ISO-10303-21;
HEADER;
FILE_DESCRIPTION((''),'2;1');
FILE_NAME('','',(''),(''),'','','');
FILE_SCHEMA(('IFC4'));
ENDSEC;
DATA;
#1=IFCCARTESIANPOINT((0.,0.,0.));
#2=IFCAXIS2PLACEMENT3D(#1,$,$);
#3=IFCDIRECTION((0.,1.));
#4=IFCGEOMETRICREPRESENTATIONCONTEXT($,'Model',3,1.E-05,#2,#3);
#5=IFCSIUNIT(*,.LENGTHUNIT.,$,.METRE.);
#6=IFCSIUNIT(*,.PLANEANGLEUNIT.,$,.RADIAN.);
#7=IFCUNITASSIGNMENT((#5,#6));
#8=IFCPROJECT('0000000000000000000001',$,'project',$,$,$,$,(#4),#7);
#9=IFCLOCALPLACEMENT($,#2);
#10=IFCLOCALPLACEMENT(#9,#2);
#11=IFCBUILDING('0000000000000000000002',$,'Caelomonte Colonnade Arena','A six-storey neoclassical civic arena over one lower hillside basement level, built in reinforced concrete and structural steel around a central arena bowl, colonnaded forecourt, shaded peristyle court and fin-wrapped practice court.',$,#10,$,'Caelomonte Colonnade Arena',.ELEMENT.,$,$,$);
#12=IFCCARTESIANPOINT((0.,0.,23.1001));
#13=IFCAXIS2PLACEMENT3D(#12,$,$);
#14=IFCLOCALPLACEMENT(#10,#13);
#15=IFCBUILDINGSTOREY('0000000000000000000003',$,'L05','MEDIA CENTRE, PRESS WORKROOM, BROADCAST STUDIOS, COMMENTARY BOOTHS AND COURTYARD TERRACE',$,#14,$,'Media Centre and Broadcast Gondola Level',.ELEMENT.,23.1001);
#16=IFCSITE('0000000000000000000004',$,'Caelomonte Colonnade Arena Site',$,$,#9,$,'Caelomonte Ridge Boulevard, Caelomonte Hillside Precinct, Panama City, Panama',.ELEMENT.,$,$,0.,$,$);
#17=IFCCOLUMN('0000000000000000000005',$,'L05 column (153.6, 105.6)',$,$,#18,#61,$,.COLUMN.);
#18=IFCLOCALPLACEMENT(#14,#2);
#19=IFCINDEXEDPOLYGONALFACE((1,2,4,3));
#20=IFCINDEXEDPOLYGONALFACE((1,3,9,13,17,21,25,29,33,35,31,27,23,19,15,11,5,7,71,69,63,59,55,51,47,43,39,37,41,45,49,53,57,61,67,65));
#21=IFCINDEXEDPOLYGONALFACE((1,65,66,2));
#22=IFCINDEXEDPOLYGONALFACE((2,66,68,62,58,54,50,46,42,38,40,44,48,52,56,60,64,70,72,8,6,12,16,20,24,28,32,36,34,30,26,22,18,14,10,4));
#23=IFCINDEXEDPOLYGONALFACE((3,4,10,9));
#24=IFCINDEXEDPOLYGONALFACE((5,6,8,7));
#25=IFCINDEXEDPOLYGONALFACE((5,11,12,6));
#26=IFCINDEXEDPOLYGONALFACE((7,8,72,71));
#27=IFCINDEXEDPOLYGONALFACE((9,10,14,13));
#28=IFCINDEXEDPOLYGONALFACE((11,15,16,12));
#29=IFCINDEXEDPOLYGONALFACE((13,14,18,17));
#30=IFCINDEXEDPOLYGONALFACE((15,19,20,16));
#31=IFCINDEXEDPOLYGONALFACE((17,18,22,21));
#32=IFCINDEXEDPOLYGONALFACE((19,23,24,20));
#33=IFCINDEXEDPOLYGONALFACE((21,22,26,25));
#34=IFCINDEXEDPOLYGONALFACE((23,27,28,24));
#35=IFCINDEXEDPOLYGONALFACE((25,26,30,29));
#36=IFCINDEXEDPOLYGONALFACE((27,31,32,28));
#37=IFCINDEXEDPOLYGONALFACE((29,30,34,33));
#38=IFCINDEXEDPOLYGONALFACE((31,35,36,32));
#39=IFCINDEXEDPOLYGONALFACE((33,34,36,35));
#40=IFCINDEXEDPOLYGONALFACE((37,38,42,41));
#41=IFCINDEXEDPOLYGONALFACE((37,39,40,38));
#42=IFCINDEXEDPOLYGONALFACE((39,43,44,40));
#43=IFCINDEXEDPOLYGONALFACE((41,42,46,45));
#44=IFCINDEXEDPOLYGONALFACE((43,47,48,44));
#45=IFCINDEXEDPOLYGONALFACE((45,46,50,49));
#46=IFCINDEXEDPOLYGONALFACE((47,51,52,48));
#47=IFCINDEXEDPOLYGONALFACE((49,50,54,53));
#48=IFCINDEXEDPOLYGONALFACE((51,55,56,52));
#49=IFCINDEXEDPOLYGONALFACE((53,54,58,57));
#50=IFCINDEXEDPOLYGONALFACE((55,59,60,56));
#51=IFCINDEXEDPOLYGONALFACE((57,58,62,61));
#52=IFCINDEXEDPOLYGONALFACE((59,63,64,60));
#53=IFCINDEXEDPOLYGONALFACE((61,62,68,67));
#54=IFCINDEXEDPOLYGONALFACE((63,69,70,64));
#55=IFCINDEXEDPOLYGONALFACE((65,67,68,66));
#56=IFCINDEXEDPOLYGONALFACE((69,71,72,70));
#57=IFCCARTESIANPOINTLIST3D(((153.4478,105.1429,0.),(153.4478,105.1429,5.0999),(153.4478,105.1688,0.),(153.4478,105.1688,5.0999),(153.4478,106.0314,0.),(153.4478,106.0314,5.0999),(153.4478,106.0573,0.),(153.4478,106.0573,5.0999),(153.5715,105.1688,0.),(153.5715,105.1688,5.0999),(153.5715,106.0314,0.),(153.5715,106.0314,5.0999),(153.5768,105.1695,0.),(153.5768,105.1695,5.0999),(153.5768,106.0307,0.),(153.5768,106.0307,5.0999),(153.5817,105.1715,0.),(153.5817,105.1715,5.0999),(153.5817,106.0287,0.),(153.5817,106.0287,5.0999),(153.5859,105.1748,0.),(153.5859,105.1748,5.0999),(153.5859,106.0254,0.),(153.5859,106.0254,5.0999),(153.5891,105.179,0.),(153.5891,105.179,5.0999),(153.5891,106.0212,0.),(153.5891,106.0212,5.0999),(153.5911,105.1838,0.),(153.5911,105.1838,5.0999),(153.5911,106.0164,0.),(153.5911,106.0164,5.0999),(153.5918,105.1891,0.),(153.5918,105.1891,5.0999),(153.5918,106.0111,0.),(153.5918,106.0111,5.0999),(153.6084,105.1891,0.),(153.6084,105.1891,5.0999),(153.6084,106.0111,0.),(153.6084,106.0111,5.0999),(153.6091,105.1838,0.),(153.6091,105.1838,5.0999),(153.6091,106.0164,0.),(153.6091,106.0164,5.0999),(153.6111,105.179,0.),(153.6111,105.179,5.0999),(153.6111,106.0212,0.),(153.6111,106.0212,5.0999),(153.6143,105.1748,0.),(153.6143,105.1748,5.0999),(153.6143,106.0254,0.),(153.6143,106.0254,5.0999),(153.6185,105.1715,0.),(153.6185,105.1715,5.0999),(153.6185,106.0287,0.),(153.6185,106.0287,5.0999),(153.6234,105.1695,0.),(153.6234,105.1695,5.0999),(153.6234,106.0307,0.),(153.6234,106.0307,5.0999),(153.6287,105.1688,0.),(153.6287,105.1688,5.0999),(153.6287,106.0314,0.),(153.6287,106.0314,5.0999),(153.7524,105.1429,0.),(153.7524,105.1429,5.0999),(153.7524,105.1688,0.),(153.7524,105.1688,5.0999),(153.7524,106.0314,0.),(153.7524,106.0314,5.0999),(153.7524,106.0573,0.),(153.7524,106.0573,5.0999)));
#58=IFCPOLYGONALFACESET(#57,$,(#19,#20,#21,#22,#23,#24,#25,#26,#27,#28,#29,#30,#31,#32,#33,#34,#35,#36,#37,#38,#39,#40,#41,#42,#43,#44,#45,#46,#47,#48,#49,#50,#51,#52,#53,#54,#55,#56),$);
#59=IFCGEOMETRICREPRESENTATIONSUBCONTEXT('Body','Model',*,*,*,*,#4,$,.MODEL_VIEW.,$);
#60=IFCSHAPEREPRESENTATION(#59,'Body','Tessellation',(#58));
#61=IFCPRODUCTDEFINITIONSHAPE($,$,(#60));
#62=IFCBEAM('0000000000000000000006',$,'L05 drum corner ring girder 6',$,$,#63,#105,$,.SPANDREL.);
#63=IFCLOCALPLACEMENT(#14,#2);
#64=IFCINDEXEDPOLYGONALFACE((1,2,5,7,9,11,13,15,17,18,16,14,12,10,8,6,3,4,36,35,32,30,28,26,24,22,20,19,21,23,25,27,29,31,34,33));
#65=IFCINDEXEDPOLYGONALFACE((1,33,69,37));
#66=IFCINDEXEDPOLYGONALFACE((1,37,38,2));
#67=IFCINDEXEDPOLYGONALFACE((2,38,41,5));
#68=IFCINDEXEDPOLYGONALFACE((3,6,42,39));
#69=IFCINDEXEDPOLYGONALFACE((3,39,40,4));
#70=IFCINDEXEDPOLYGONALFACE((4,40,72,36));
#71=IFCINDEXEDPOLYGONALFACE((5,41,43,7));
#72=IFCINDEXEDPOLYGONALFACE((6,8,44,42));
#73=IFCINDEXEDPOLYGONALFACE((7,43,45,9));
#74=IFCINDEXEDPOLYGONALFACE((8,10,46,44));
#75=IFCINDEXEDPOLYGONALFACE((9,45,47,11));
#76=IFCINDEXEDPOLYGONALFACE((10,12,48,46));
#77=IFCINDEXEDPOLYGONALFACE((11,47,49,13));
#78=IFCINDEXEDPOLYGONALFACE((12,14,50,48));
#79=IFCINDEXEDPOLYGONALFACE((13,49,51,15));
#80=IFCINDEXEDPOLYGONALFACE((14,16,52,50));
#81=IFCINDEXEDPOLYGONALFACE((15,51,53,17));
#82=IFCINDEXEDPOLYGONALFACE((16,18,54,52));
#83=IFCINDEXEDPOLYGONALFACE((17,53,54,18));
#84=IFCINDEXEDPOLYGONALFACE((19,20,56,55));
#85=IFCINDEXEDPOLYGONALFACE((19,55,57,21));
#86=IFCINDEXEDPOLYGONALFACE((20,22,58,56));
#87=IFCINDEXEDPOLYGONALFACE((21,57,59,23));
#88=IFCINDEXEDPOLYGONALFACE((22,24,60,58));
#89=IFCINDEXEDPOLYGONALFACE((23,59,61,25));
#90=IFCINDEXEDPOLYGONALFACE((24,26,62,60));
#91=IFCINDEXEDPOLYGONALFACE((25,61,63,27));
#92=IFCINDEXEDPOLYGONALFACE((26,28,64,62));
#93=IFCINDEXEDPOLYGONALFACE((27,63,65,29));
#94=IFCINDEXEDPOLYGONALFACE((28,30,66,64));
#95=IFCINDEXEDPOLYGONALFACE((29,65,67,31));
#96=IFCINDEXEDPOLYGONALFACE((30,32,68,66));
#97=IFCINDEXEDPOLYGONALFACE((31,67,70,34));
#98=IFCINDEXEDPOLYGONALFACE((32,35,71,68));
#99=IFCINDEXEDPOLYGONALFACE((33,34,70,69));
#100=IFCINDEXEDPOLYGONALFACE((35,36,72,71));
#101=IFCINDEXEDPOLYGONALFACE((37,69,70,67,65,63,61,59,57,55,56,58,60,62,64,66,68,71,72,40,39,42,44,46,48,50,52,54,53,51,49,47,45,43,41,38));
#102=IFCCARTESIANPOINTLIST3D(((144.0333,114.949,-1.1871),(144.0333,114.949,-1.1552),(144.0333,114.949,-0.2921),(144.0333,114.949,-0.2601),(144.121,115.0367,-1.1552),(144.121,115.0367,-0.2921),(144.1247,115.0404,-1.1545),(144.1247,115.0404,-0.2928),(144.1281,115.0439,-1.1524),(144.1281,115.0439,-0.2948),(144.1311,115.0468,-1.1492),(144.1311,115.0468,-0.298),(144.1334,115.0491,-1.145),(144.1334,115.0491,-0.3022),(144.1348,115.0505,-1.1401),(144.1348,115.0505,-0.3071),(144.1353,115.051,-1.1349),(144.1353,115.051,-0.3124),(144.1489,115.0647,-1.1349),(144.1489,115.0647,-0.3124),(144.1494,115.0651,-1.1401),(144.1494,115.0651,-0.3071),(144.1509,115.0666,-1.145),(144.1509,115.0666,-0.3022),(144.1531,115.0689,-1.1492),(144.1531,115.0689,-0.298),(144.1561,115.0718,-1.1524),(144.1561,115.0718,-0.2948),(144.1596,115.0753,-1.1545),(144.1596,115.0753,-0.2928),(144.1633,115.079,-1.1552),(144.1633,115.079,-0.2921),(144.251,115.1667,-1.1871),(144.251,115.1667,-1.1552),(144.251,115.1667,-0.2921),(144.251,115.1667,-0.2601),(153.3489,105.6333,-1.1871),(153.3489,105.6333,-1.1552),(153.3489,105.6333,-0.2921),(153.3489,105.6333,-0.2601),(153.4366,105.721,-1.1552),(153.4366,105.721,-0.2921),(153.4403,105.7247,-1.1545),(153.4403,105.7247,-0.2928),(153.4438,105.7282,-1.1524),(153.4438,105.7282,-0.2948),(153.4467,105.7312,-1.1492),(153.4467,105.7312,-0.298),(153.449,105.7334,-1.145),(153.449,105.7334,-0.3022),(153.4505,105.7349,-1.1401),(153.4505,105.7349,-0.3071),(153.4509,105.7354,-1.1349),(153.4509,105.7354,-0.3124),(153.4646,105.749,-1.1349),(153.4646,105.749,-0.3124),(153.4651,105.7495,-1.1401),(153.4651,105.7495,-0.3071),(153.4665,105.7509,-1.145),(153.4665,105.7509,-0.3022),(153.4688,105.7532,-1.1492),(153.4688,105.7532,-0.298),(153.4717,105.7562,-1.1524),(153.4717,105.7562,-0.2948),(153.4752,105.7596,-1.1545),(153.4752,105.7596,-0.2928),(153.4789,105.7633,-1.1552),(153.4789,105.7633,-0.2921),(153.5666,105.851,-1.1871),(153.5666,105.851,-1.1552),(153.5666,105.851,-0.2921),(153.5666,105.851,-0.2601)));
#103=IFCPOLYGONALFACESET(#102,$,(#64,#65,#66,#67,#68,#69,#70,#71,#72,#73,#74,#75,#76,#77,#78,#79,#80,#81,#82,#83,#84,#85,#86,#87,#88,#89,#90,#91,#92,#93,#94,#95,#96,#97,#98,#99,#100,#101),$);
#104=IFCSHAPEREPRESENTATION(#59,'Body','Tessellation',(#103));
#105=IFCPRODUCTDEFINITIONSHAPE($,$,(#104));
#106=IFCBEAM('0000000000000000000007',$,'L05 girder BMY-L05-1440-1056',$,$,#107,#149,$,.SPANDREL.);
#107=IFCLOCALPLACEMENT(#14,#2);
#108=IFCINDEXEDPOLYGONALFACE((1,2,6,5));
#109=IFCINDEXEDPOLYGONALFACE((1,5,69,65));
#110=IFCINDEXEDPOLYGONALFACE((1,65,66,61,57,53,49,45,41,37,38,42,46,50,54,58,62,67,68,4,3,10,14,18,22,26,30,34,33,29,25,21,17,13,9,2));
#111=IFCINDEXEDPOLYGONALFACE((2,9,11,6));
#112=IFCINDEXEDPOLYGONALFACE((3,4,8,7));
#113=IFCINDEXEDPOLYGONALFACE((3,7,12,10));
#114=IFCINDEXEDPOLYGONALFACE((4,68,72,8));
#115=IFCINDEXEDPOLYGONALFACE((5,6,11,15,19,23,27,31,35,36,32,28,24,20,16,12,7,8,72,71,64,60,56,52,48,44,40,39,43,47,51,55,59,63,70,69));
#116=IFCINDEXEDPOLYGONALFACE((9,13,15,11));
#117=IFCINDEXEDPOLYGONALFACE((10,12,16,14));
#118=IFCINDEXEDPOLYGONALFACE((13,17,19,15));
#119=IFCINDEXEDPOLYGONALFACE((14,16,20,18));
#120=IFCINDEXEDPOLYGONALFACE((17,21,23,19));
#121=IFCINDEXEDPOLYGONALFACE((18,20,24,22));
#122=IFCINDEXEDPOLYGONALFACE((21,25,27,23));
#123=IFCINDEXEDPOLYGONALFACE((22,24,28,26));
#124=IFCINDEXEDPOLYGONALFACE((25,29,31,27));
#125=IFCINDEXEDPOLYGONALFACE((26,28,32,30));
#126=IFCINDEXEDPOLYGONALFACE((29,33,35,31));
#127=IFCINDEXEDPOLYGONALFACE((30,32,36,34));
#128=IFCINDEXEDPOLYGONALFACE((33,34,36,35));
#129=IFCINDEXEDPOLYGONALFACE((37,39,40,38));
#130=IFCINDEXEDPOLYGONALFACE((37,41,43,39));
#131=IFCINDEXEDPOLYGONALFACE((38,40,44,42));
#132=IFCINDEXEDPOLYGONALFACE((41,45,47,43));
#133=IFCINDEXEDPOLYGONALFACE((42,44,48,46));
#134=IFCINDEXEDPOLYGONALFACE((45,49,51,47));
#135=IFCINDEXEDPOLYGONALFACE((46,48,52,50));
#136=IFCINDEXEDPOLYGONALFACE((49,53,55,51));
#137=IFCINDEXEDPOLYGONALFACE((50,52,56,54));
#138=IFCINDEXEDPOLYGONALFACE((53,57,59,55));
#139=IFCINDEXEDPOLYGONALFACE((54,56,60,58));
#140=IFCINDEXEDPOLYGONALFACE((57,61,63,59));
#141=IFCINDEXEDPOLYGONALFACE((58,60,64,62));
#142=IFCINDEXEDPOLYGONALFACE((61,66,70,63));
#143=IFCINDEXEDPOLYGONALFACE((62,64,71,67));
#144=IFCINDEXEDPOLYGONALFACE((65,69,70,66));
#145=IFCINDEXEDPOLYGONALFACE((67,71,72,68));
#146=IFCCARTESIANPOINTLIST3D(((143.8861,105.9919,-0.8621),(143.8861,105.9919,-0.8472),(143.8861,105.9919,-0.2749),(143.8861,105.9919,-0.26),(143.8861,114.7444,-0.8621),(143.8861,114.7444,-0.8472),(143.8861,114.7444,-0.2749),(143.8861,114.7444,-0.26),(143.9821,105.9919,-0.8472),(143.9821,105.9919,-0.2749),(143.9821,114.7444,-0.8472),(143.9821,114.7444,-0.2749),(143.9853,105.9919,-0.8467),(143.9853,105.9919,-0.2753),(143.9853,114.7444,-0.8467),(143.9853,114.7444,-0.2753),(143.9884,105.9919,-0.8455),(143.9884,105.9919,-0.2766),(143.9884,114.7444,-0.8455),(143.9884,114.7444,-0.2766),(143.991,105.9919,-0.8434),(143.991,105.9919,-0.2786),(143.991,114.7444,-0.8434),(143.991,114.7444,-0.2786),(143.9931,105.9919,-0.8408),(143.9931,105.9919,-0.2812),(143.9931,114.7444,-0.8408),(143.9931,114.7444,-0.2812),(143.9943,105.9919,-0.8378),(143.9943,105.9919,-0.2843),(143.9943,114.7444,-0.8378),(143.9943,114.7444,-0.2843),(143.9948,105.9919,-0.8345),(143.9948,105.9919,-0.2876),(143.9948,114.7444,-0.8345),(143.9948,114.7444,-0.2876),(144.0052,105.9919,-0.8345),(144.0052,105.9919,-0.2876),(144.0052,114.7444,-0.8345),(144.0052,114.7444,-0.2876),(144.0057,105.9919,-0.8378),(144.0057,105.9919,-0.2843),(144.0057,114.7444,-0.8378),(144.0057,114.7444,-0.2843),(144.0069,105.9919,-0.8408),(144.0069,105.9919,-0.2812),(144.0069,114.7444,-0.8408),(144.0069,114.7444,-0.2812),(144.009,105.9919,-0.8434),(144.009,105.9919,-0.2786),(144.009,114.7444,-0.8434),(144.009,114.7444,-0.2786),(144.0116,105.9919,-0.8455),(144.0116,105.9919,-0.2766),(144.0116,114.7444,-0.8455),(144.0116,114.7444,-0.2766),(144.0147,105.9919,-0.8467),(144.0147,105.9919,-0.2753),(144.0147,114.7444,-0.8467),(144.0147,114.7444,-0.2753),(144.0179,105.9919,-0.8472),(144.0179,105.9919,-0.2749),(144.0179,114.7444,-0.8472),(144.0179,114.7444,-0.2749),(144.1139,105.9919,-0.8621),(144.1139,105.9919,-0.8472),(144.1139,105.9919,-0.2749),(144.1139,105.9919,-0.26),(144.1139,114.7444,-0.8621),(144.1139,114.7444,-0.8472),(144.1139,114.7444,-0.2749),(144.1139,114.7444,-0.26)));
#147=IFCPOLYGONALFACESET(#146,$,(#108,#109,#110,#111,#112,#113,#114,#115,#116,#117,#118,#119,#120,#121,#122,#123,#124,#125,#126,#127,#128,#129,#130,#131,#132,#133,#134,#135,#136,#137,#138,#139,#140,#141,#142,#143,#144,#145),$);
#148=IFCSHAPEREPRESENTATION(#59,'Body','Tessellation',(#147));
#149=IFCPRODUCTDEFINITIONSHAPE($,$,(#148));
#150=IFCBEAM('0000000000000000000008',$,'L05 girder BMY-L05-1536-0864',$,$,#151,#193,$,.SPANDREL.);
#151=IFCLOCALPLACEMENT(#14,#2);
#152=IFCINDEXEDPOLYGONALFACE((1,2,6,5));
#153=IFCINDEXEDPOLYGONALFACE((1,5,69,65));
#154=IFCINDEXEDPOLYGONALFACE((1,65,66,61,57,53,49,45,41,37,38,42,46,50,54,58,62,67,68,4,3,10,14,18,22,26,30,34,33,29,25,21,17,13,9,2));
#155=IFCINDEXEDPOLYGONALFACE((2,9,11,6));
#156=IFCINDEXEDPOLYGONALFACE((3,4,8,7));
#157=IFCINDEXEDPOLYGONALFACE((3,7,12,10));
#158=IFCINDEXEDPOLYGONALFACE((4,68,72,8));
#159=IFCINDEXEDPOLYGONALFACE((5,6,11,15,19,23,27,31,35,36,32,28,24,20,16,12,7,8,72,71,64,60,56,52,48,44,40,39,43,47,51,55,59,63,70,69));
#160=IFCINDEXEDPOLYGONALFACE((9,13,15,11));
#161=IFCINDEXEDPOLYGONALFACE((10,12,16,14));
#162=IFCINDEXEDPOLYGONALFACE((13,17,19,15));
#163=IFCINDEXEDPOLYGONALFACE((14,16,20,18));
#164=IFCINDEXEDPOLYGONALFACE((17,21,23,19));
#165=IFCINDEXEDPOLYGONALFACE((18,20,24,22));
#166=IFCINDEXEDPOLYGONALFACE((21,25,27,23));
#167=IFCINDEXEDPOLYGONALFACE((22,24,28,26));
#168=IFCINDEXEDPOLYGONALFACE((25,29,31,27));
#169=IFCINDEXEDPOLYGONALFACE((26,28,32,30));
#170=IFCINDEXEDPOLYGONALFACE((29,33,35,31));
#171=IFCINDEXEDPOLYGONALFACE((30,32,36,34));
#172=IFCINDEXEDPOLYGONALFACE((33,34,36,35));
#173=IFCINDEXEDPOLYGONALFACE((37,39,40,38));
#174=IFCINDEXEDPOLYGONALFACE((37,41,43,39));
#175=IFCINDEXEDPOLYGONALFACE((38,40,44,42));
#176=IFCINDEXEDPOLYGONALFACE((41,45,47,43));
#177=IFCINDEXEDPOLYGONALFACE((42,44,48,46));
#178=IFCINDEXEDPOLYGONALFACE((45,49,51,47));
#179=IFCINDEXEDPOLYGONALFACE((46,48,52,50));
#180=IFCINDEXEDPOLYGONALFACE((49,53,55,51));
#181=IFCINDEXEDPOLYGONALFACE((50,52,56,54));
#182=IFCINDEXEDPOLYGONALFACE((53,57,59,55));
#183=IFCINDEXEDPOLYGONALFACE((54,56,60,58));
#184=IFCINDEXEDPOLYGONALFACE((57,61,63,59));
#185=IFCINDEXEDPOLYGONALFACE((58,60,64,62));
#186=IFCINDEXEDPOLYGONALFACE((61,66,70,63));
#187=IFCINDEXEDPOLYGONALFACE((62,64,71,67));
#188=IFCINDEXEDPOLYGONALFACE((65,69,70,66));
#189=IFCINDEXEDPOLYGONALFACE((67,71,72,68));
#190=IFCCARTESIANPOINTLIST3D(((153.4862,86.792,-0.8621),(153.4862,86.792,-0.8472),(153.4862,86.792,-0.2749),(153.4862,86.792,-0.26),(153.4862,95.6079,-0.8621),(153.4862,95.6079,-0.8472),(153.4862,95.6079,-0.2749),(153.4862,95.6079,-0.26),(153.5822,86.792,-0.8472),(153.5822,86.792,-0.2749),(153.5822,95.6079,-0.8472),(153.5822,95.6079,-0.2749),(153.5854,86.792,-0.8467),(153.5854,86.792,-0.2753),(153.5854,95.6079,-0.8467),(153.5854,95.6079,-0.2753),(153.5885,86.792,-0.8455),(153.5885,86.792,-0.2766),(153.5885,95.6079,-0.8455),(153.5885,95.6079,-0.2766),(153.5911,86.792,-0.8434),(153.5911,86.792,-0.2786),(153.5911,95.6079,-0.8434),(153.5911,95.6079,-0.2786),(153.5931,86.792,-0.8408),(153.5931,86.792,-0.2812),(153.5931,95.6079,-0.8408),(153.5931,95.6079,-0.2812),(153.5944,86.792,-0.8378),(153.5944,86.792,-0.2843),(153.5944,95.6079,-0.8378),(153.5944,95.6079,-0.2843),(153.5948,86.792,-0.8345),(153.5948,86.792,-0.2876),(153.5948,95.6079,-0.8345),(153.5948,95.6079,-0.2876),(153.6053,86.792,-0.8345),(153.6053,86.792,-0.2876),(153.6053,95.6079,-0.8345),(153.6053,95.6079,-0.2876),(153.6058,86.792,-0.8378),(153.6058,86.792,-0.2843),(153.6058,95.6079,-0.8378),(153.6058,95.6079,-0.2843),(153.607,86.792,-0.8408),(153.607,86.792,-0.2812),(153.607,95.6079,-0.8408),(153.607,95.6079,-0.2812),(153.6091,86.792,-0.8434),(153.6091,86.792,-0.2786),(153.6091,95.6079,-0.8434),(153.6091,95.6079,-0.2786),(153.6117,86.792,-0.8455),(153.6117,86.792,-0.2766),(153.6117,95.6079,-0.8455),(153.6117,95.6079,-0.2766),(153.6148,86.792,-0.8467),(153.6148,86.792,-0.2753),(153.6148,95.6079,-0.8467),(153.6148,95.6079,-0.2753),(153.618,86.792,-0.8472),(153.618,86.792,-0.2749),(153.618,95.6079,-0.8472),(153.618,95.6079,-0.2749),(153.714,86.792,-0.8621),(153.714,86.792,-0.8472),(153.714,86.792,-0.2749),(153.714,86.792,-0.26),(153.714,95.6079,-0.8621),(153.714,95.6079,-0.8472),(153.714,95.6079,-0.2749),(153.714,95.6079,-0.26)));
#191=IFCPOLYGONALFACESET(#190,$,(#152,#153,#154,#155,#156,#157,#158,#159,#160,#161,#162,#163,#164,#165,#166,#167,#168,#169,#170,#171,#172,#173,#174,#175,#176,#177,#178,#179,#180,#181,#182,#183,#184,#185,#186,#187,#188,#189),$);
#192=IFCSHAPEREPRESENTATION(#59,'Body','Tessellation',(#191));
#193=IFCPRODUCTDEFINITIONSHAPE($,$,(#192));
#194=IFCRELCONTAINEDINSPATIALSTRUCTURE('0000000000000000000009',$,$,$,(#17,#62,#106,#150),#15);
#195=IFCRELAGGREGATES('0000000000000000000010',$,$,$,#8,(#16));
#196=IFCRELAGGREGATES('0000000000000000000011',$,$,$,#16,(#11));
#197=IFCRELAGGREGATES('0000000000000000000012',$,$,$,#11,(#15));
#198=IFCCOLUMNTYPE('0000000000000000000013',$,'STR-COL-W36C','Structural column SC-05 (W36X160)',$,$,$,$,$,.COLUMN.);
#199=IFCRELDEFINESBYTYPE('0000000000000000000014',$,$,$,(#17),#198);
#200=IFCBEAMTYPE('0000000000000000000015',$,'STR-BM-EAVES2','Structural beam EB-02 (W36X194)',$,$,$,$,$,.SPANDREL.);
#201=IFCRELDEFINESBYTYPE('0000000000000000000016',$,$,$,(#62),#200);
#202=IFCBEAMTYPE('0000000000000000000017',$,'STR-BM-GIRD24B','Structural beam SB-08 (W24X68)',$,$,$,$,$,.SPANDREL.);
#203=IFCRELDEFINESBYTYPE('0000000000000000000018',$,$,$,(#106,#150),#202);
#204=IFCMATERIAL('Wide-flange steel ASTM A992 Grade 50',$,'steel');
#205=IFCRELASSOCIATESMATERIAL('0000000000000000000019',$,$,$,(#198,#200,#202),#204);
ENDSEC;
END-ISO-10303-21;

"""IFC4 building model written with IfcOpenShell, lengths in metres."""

from ifc_helpers import new_model, si_unit, direction, frame, origin, origin_2d, place, context, subcontext, project, spatial, i_section, extrude, material, material_profile, profile_set, type_object, element, save


model = new_model("IFC4")

# Units and contexts
model_context = context("Model", 3, precision=1e-05, world=origin(), true_north=direction((0.0, 1.0)))
body_context = subcontext(model_context, "Body", "Model", "MODEL_VIEW")
ifc_project = project(units=[si_unit("LENGTHUNIT", "METRE"), si_unit("PLANEANGLEUNIT", "RADIAN")], contexts=[model_context])

# Site, building, storey
site_placement = place(None, origin())
site = spatial("IfcSite", under=ifc_project, at=site_placement, Name="Caelomonte Colonnade Arena Site", LongName="Caelomonte Ridge Boulevard, Caelomonte Hillside Precinct, Panama City, Panama", CompositionType="ELEMENT", RefElevation=0.0)
building_placement = place(site_placement, origin())
building = spatial("IfcBuilding", under=site, at=building_placement, Name="Caelomonte Colonnade Arena", Description="A six-storey neoclassical civic arena over one lower hillside basement level, built in reinforced concrete and structural steel around a central arena bowl, colonnaded forecourt, shaded peristyle court and fin-wrapped practice court.", LongName="Caelomonte Colonnade Arena", CompositionType="ELEMENT")
storey_placement = place(building_placement, frame((0.0, 0.0, 23.1001)))
storey = spatial("IfcBuildingStorey", under=building, at=storey_placement, Name="L05", Description="MEDIA CENTRE, PRESS WORKROOM, BROADCAST STUDIOS, COMMENTARY BOOTHS AND COURTYARD TERRACE", LongName="Media Centre and Broadcast Gondola Level", CompositionType="ELEMENT", Elevation=23.1001)

# Column
ifc_material_1 = material(Name="Wide-flange steel ASTM A992 Grade 50", Category="steel")
ifc_material_profile_1 = material_profile(ifc_material_1, i_section(OverallWidth=0.3047, OverallDepth=0.9143, WebThickness=0.0166, FlangeThickness=0.0259, FilletRadius=0.0203, at=origin_2d()), Name="W36X160")
ifc_profile_set_1 = profile_set([ifc_material_profile_1], Name="Wide-flange steel ASTM A992 Grade 50")
column_type = type_object("IfcColumnType", Name="STR-COL-W36C", Description="Structural column SC-05 (W36X160)", PredefinedType="COLUMN", material=ifc_profile_set_1)
column_placement = place(storey_placement, frame((153.6001, 105.6001, 0.0), z_axis=(0.0, 0.0, 1.0), x_axis=(1.0, 0.0, 0.0)))
element("IfcColumn", 1, at=column_placement, inside=storey, type_object=column_type, Name="L05 column (153.6, 105.6)", PredefinedType="COLUMN", context=body_context, shape_type="SweptSolid", body=[
    extrude(i_section(OverallWidth=0.3047, OverallDepth=0.9143, WebThickness=0.0166, FlangeThickness=0.0259, FilletRadius=0.0203, at=origin_2d()), origin(), (0.0, 0.0, 1.0), 5.0999),
])

# Beams
ifc_material_profile_2 = material_profile(ifc_material_1, i_section(OverallWidth=0.3079, OverallDepth=0.927, WebThickness=0.0193, FlangeThickness=0.032, FilletRadius=0.0203, at=origin_2d()), Name="W36X194")
ifc_profile_set_2 = profile_set([ifc_material_profile_2], Name="Wide-flange steel ASTM A992 Grade 50")
beam_type_1 = type_object("IfcBeamType", Name="STR-BM-EAVES2", Description="Structural beam EB-02 (W36X194)", PredefinedType="SPANDREL", material=ifc_profile_set_2)
beam_1_placement = place(storey_placement, frame((153.4578, 105.7422, -0.7236), z_axis=(-0.707107, 0.707107, 0.0), x_axis=(-0.707107, -0.707107, 0.0)))
element("IfcBeam", 2, at=beam_1_placement, inside=storey, type_object=beam_type_1, Name="L05 drum corner ring girder 6", PredefinedType="SPANDREL", context=body_context, shape_type="SweptSolid", body=[
    extrude(i_section(OverallWidth=0.3079, OverallDepth=0.927, WebThickness=0.0193, FlangeThickness=0.032, FilletRadius=0.0203, at=origin_2d()), origin(), (0.0, 0.0, 1.0), 13.1743),
])
ifc_material_profile_3 = material_profile(ifc_material_1, i_section(OverallWidth=0.2278, OverallDepth=0.6021, WebThickness=0.0105, FlangeThickness=0.0149, FilletRadius=0.0127, at=origin_2d()), Name="W24X68")
ifc_profile_set_3 = profile_set([ifc_material_profile_3], Name="Wide-flange steel ASTM A992 Grade 50")
beam_type_2 = type_object("IfcBeamType", Name="STR-BM-GIRD24B", Description="Structural beam SB-08 (W24X68)", PredefinedType="SPANDREL", material=ifc_profile_set_3)
beam_2_placement = place(storey_placement, frame((144.0, 105.9919, -0.561), z_axis=(0.0, 1.0, 0.0), x_axis=(-1.0, 0.0, 0.0)))
element("IfcBeam", 3, at=beam_2_placement, inside=storey, type_object=beam_type_2, Name="L05 girder BMY-L05-1440-1056", PredefinedType="SPANDREL", context=body_context, shape_type="SweptSolid", body=[
    extrude(i_section(OverallWidth=0.2278, OverallDepth=0.6021, WebThickness=0.0105, FlangeThickness=0.0149, FilletRadius=0.0127, at=origin_2d()), origin(), (0.0, 0.0, 1.0), 8.7524),
])
beam_3_placement = place(storey_placement, frame((153.6001, 86.792, -0.561), z_axis=(0.0, 1.0, 0.0), x_axis=(-1.0, 0.0, 0.0)))
element("IfcBeam", 4, at=beam_3_placement, inside=storey, type_object=beam_type_2, Name="L05 girder BMY-L05-1536-0864", PredefinedType="SPANDREL", context=body_context, shape_type="SweptSolid", body=[
    extrude(i_section(OverallWidth=0.2278, OverallDepth=0.6021, WebThickness=0.0105, FlangeThickness=0.0149, FilletRadius=0.0127, at=origin_2d()), origin(), (0.0, 0.0, 1.0), 8.8159),
])

save(model, "model.ifc")
